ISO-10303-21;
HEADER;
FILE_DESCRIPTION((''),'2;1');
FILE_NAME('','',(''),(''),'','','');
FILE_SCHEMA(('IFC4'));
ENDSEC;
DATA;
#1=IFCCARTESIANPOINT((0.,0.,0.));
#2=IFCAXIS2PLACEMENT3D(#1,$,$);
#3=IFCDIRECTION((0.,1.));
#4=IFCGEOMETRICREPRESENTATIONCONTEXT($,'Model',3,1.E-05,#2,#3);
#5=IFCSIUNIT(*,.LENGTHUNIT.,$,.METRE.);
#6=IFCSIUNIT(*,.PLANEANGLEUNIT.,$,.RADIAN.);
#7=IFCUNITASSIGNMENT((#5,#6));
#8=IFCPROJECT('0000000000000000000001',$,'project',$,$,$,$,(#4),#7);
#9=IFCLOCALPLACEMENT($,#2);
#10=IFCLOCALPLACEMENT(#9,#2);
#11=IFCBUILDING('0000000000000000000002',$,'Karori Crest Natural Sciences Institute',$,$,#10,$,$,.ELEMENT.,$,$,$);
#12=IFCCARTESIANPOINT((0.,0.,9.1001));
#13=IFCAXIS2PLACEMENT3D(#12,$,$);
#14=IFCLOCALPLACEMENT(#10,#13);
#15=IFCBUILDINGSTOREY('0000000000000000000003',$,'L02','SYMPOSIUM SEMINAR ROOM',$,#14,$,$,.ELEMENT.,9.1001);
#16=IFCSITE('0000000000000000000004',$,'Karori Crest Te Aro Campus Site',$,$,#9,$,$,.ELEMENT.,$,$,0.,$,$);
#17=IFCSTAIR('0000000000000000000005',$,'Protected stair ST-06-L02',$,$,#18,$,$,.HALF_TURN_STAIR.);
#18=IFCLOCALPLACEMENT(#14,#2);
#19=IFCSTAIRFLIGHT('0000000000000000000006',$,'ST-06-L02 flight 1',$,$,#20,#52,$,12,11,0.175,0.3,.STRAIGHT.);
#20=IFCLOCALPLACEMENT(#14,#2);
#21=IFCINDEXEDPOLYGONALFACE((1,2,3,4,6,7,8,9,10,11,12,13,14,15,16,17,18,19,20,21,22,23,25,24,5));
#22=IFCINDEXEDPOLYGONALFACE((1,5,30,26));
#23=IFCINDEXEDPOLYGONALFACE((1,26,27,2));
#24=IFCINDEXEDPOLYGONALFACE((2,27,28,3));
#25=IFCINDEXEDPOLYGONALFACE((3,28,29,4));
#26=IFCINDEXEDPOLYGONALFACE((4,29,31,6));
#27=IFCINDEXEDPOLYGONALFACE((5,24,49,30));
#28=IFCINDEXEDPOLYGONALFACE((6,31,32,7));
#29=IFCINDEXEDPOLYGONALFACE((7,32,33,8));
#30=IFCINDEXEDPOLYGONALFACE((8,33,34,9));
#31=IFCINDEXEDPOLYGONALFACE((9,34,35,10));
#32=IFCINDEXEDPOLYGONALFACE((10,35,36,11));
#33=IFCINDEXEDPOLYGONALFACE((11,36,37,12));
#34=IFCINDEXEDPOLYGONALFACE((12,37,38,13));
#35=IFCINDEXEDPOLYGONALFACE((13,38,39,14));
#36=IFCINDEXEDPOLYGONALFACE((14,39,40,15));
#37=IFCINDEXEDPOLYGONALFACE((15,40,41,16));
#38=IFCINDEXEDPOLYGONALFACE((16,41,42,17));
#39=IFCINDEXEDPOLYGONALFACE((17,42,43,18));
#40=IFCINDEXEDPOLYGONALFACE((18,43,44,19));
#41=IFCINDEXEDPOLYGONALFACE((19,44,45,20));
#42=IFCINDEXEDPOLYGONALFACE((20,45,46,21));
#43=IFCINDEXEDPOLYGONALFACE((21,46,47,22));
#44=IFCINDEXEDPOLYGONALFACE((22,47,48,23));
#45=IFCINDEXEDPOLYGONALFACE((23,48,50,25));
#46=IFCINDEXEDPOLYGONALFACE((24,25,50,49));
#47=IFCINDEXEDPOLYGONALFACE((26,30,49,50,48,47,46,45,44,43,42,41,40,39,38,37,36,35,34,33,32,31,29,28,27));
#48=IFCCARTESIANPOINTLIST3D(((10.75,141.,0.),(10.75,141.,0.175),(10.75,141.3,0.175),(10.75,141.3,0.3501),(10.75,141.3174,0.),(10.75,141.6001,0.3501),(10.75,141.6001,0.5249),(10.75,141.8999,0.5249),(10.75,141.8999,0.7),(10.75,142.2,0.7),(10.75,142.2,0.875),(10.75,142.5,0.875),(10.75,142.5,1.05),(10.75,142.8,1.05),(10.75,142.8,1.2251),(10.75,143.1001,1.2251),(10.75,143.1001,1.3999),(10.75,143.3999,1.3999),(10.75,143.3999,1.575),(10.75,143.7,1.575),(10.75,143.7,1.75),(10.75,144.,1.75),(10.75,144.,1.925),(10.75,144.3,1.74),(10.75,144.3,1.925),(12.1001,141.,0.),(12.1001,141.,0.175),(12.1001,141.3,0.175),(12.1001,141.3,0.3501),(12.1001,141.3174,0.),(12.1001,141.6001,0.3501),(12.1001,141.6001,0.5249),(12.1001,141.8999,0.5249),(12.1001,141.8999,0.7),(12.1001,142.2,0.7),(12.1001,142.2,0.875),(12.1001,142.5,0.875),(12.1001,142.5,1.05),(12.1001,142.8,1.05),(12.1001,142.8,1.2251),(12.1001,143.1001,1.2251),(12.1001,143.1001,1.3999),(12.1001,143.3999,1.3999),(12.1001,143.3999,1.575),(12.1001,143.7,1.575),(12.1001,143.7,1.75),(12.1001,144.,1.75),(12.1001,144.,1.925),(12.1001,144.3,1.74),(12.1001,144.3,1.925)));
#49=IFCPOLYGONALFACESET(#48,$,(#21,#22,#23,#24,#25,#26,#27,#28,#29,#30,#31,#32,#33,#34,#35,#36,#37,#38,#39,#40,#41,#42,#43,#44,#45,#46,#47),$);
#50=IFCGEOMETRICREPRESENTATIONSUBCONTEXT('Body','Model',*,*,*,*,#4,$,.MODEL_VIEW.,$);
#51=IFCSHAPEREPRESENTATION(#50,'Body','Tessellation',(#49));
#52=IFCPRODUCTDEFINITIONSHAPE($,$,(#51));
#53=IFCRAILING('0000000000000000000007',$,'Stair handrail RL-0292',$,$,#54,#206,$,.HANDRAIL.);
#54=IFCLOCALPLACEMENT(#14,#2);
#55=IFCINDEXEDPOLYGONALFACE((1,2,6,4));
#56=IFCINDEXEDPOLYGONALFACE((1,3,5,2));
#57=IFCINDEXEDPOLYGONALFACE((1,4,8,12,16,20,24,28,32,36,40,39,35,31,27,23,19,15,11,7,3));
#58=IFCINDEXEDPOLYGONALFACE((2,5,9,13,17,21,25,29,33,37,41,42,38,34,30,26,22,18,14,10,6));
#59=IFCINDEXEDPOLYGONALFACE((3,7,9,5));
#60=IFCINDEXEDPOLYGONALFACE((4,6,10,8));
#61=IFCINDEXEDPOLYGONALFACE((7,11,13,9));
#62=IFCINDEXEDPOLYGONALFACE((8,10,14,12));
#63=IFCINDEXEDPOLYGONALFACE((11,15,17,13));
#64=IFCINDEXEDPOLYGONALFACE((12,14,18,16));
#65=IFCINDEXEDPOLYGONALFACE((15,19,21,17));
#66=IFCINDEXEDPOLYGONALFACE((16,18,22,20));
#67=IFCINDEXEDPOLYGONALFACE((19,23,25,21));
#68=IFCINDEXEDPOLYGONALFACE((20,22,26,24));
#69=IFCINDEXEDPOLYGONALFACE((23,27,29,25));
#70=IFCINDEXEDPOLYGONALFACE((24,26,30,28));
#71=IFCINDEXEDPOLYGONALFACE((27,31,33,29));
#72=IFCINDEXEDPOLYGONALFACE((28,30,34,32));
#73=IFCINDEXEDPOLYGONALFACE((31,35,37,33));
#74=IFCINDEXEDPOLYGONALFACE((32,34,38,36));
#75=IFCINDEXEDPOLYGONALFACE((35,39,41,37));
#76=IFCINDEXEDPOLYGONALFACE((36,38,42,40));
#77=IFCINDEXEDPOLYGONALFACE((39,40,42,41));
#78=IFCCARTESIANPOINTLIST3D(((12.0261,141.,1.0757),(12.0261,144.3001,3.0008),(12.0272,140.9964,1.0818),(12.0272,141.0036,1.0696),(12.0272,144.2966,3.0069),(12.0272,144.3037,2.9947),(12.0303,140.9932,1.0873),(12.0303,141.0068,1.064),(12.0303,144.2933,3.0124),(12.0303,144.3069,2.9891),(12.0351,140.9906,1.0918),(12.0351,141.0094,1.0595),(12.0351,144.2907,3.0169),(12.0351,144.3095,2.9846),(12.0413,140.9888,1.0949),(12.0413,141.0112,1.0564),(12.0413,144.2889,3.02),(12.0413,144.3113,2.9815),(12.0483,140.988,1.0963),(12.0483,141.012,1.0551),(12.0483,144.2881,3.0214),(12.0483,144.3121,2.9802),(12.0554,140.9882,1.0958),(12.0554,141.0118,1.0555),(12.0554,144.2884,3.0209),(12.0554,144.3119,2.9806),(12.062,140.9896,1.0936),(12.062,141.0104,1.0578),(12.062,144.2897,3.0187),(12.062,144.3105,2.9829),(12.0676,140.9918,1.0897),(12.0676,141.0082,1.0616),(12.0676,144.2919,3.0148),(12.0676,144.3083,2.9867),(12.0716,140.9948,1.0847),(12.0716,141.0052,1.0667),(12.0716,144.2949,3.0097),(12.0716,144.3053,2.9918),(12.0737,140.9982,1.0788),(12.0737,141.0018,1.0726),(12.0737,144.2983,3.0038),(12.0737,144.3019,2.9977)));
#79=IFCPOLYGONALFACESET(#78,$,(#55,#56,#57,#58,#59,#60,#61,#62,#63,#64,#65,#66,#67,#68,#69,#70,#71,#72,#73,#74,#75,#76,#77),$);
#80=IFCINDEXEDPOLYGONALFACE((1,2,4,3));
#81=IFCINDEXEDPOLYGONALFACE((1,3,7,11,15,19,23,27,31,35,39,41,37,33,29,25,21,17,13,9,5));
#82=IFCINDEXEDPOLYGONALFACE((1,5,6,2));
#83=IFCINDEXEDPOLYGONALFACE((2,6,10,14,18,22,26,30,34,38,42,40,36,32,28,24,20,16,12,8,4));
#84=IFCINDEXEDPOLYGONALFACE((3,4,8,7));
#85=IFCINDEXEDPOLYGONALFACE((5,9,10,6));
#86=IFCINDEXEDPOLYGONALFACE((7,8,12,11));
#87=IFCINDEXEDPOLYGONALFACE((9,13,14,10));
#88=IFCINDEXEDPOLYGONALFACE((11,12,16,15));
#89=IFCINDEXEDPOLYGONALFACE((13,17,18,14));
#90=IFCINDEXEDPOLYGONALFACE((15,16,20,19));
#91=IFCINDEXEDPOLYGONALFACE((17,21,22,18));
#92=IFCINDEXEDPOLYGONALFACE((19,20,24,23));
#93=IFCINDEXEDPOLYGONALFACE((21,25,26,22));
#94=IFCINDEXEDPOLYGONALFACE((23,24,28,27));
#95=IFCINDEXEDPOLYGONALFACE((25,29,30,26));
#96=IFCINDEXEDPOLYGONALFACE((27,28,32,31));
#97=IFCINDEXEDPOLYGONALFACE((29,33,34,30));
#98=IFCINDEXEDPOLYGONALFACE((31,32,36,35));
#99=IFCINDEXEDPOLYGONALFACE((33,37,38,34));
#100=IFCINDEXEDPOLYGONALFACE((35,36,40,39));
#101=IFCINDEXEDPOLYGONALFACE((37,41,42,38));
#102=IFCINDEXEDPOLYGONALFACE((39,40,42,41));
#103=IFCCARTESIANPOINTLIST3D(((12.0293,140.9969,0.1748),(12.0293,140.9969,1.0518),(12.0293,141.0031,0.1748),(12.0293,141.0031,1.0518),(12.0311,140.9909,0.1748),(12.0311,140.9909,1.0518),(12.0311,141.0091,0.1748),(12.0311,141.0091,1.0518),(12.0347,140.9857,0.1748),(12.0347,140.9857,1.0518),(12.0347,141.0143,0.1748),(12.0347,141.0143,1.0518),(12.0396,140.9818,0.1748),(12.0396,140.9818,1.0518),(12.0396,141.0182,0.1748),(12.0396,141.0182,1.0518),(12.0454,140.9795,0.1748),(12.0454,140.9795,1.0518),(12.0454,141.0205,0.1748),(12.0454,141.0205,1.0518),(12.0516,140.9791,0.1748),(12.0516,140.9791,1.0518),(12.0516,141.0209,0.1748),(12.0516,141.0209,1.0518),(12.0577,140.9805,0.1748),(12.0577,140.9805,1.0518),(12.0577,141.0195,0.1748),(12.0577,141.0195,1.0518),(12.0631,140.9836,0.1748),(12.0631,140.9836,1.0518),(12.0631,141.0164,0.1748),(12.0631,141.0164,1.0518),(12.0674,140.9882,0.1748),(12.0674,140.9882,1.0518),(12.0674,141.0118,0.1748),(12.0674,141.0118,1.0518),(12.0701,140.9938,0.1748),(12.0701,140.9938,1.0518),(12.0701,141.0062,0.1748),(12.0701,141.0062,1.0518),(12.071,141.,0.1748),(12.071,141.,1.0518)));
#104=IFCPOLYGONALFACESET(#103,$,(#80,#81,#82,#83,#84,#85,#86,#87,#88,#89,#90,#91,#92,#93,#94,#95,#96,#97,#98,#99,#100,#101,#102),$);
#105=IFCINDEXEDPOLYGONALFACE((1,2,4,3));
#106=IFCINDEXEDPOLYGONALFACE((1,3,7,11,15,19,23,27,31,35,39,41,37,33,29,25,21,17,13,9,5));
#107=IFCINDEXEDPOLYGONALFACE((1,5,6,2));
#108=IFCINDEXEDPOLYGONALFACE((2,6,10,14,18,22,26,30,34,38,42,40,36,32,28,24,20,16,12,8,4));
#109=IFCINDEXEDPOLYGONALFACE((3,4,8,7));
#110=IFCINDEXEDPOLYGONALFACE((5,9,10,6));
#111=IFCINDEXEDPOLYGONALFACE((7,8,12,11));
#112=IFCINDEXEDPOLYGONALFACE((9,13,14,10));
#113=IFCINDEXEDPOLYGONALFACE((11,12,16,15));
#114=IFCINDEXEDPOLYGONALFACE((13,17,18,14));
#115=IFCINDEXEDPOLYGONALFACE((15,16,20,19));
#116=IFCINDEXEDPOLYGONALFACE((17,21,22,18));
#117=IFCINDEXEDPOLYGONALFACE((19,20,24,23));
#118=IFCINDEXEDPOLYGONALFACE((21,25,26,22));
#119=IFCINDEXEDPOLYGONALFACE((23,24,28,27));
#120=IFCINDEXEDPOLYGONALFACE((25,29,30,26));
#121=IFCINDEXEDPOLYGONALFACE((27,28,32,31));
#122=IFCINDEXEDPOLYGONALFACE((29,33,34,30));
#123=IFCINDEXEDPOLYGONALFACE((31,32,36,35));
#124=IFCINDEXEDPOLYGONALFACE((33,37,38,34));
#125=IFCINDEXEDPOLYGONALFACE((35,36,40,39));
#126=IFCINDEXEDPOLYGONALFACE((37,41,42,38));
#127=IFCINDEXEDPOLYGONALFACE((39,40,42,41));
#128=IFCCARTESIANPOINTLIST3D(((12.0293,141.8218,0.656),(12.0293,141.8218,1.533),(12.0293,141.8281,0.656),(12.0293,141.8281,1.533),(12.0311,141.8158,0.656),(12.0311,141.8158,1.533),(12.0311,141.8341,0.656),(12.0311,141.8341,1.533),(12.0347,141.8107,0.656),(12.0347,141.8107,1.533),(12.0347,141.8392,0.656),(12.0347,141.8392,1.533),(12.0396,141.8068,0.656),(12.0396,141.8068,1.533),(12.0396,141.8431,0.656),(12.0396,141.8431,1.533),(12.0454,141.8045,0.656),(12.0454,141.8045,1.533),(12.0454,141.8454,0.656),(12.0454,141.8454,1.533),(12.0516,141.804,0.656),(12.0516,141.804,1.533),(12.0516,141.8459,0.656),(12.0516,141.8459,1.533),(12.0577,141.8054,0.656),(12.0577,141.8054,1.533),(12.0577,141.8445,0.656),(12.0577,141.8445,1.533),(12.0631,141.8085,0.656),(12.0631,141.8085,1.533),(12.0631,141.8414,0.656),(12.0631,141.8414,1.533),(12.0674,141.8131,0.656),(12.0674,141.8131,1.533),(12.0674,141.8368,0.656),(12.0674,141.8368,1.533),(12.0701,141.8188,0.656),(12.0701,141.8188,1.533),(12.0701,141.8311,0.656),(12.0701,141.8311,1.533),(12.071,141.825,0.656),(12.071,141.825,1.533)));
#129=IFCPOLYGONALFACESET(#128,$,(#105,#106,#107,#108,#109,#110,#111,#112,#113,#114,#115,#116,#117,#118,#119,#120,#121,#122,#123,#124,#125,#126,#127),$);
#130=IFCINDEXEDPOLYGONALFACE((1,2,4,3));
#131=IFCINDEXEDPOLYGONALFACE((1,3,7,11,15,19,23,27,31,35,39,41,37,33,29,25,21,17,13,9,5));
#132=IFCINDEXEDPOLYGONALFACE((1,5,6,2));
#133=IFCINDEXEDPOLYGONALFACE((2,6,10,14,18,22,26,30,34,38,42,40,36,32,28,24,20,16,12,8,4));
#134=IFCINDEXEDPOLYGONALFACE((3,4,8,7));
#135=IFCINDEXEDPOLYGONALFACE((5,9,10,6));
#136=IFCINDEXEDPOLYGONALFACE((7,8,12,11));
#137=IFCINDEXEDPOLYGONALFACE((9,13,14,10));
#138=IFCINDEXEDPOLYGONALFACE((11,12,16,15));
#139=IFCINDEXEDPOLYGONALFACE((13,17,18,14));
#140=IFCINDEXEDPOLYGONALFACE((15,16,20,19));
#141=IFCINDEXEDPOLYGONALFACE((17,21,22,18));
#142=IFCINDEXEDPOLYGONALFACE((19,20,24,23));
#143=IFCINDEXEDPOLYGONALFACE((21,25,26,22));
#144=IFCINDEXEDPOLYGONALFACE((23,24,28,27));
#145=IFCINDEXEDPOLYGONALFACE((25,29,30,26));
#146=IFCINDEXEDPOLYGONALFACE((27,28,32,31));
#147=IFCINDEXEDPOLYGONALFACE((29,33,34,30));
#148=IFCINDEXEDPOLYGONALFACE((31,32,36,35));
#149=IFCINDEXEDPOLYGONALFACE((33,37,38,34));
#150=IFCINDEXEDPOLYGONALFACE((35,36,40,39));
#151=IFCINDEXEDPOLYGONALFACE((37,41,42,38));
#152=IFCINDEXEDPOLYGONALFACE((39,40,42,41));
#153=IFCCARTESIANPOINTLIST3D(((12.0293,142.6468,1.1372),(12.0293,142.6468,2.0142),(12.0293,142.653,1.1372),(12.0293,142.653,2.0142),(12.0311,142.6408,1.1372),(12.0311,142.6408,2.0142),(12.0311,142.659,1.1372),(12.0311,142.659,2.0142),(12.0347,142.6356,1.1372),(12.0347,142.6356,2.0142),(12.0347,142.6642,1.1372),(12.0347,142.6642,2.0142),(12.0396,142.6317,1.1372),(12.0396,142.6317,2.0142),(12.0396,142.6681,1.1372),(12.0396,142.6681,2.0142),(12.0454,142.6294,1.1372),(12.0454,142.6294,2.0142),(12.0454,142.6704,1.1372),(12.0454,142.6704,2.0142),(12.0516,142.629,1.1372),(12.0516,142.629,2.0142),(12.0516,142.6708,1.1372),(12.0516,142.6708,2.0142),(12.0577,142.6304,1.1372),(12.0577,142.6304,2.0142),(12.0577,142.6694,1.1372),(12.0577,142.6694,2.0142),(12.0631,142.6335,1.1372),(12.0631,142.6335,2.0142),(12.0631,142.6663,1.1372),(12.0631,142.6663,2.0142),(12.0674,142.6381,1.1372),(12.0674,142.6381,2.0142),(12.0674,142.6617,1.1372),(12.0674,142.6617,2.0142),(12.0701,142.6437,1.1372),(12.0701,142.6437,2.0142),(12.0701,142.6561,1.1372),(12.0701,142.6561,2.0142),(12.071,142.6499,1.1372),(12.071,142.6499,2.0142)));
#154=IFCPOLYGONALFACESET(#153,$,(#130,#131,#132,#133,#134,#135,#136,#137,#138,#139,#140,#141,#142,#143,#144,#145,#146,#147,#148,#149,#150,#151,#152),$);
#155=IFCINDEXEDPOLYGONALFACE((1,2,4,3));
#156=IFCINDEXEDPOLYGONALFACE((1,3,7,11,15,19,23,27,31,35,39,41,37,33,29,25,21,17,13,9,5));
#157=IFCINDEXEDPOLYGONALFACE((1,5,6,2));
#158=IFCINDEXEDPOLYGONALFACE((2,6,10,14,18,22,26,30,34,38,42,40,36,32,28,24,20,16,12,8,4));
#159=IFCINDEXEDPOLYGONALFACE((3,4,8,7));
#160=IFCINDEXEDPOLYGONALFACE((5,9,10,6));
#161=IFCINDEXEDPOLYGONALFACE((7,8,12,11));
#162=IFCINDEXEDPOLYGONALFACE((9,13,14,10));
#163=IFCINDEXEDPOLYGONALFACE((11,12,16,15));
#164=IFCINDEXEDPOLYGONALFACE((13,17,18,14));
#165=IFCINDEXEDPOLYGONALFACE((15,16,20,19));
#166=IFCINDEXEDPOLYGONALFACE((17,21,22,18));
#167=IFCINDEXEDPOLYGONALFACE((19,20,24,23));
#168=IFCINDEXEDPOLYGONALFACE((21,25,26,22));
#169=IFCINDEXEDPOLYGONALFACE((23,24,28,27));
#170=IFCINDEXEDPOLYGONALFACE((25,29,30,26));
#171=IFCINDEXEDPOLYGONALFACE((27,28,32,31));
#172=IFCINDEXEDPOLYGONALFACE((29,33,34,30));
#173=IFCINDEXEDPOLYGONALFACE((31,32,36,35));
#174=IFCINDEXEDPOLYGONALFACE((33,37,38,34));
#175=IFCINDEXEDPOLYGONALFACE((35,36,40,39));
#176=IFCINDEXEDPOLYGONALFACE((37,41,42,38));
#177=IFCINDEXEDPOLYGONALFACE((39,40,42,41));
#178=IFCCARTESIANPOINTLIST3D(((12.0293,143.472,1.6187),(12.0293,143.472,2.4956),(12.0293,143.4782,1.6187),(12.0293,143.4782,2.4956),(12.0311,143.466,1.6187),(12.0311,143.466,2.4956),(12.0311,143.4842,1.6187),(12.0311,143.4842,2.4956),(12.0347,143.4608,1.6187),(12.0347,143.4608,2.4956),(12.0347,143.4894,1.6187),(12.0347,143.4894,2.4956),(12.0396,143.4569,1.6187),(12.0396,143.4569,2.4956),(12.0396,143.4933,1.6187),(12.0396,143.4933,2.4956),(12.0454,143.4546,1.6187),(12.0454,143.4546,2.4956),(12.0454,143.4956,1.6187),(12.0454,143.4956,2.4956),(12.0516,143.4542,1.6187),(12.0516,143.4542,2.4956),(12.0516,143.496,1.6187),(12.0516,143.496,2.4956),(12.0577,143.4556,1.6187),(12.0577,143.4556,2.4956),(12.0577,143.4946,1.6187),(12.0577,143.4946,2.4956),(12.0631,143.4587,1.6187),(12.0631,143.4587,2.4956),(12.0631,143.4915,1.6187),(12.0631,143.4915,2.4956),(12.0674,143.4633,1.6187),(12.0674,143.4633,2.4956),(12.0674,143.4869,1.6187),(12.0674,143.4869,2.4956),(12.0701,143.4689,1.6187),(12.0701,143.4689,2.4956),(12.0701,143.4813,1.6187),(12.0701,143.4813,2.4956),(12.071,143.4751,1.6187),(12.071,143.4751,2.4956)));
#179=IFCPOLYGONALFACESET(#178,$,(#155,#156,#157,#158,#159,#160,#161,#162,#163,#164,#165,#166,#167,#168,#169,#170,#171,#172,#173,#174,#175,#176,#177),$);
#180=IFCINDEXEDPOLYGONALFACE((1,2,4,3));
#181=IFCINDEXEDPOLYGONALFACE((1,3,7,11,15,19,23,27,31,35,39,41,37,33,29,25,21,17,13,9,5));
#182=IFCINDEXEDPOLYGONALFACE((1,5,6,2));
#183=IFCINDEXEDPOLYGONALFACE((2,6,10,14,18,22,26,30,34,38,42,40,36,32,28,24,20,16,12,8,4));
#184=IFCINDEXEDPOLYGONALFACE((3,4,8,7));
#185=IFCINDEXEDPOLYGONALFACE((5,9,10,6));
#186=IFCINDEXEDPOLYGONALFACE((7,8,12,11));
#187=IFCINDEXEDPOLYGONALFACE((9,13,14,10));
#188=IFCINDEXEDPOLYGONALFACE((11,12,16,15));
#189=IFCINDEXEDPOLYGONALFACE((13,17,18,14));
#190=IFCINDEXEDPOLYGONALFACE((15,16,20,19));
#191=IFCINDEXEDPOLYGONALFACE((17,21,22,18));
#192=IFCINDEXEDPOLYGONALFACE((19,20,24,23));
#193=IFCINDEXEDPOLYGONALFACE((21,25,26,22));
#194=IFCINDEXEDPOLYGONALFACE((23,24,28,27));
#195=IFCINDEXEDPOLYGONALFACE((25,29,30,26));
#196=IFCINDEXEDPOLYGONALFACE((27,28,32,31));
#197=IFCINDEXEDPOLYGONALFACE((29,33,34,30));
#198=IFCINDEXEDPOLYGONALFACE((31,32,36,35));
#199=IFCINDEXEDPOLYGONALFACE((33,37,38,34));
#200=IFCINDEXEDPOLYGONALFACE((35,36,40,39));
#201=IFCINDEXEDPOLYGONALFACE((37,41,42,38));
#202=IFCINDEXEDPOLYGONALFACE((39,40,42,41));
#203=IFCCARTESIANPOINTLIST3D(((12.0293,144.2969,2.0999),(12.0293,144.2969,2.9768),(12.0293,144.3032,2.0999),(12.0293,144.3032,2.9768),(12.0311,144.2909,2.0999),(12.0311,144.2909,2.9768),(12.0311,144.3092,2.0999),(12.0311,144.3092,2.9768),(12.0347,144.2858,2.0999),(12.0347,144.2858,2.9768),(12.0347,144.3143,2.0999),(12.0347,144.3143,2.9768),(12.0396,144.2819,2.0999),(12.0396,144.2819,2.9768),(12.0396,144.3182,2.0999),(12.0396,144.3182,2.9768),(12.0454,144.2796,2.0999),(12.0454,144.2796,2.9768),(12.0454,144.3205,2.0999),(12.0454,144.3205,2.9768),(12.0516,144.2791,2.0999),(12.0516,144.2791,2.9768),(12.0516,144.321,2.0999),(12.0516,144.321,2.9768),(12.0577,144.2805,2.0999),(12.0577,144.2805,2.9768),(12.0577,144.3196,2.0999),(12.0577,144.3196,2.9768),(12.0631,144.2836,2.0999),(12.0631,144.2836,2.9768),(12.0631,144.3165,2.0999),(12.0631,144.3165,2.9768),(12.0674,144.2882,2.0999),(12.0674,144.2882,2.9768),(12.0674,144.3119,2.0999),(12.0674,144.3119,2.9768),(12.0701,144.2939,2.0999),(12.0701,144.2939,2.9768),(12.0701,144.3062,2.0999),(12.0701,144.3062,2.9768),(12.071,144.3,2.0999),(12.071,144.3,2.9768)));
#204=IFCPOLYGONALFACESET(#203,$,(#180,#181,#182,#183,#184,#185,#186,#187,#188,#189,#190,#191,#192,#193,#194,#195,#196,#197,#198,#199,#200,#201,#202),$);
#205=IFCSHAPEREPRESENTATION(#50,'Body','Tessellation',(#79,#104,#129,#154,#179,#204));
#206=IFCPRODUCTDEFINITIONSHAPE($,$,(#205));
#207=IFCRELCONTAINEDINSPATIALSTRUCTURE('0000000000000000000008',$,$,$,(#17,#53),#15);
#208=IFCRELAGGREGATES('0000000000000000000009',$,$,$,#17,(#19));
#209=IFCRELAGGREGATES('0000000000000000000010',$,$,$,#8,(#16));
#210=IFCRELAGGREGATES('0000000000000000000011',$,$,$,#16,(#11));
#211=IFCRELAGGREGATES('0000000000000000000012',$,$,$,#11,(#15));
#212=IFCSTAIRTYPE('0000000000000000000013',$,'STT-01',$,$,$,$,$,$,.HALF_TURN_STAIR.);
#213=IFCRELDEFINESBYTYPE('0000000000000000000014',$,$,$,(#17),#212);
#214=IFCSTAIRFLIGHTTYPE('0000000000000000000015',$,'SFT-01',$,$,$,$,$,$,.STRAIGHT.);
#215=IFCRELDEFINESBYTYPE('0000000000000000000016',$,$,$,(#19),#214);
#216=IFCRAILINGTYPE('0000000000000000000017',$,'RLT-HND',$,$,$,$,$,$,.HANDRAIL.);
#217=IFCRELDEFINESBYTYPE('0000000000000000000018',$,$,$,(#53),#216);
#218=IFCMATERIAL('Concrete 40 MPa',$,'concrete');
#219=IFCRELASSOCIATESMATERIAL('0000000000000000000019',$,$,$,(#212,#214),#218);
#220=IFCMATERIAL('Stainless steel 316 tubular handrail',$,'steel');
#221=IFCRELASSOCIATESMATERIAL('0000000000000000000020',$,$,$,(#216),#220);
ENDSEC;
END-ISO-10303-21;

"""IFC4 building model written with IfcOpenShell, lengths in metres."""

from ifc_helpers import new_model, si_unit, direction, frame, origin, origin_2d, place, context, subcontext, project, spatial, polyline, circle, outline, extrude, material, type_object, element, aggregate, save


model = new_model("IFC4")

# Units and contexts
model_context = context("Model", 3, precision=1e-05, world=origin(), true_north=direction((0.0, 1.0)))
body_context = subcontext(model_context, "Body", "Model", "MODEL_VIEW")
ifc_project = project(units=[si_unit("LENGTHUNIT", "METRE"), si_unit("PLANEANGLEUNIT", "RADIAN")], contexts=[model_context])

# Site, building, storey
site_placement = place(None, origin())
site = spatial("IfcSite", under=ifc_project, at=site_placement, Name="Karori Crest Te Aro Campus Site", CompositionType="ELEMENT", RefElevation=0.0)
building_placement = place(site_placement, origin())
building = spatial("IfcBuilding", under=site, at=building_placement, Name="Karori Crest Natural Sciences Institute", CompositionType="ELEMENT")
storey_placement = place(building_placement, frame((0.0, 0.0, 9.1001)))
storey = spatial("IfcBuildingStorey", under=building, at=storey_placement, Name="L02", Description="SYMPOSIUM SEMINAR ROOM", CompositionType="ELEMENT", Elevation=9.1001)

# Stair, stair flight
ifc_material_1 = material(Name="Concrete 40 MPa", Category="concrete")
stair_type = type_object("IfcStairType", Name="STT-01", PredefinedType="HALF_TURN_STAIR", material=ifc_material_1)
stair_placement = place(storey_placement, origin())
stair = element("IfcStair", 1, at=stair_placement, inside=storey, type_object=stair_type, Name="Protected stair ST-06-L02", PredefinedType="HALF_TURN_STAIR")
stair_flight_type = type_object("IfcStairFlightType", Name="SFT-01", PredefinedType="STRAIGHT", material=ifc_material_1)
stair_flight_placement = place(storey_placement, frame((11.425, 141.0, 0.0), z_axis=(0.0, 0.0, 1.0), x_axis=(0.0, 1.0, 0.0)))
stair_flight = element("IfcStairFlight", 2, at=stair_flight_placement, type_object=stair_flight_type, Name="ST-06-L02 flight 1", NumberOfRisers=12, NumberOfTreads=11, PredefinedType="STRAIGHT", RiserHeight=0.175, TreadLength=0.3, context=body_context, shape_type="SweptSolid", body=[
    extrude(outline(polyline([(0.0, 0.0), (0.0, 0.175), (0.3, 0.175), (0.3, 0.3501), (0.6001, 0.3501), (0.6001, 0.5249), (0.8999, 0.5249), (0.8999, 0.7), (1.2, 0.7), (1.2, 0.875), (1.5, 0.875), (1.5, 1.05), (1.8, 1.05), (1.8, 1.2251), (2.1001, 1.2251), (2.1001, 1.3999), (2.3999, 1.3999), (2.3999, 1.575), (2.7, 1.575), (2.7, 1.75), (3.0, 1.75), (3.0, 1.925), (3.3, 1.925), (3.3, 2.1001), (3.3, 1.74), (0.3174, 0.0), (0.0, 0.0)])), frame((0.0, 0.675, 0.0), z_axis=(0.0, -1.0, 0.0), x_axis=(1.0, 0.0, 0.0)), (0.0, 0.0, 1.0), 1.3501),
])
aggregate(stair, [stair_flight])

# Railing
ifc_material_2 = material(Name="Stainless steel 316 tubular handrail", Category="steel")
railing_type_1 = type_object("IfcRailingType", Name="RLT-HND", PredefinedType="HANDRAIL", material=ifc_material_2)
railing_1_placement = place(storey_placement, frame((12.05, 141.0, 0.1748)))
element("IfcRailing", 3, at=railing_1_placement, inside=storey, type_object=railing_type_1, Name="Stair handrail RL-0292", PredefinedType="HANDRAIL", context=body_context, shape_type="SweptSolid", body=[
    extrude(circle(Radius=0.0239, at=origin_2d()), frame((0.0, 0.0, 0.9009), z_axis=(0.0, 0.863777, 0.503875), x_axis=(-1.0, 0.0, 0.0)), (0.0, 0.0, 1.0), 3.8206),
    extrude(circle(Radius=0.021, at=origin_2d()), origin(), (0.0, 0.0, 1.0), 0.877),
    extrude(circle(Radius=0.021, at=origin_2d()), frame((0.0, 0.825, 0.4812)), (0.0, 0.0, 1.0), 0.877),
    extrude(circle(Radius=0.021, at=origin_2d()), frame((0.0, 1.6499, 0.9624)), (0.0, 0.0, 1.0), 0.877),
    extrude(circle(Radius=0.021, at=origin_2d()), frame((0.0, 2.4751, 1.4438)), (0.0, 0.0, 1.0), 0.877),
    extrude(circle(Radius=0.021, at=origin_2d()), frame((0.0, 3.3, 1.925)), (0.0, 0.0, 1.0), 0.877),
])

save(model, "model.ifc")
